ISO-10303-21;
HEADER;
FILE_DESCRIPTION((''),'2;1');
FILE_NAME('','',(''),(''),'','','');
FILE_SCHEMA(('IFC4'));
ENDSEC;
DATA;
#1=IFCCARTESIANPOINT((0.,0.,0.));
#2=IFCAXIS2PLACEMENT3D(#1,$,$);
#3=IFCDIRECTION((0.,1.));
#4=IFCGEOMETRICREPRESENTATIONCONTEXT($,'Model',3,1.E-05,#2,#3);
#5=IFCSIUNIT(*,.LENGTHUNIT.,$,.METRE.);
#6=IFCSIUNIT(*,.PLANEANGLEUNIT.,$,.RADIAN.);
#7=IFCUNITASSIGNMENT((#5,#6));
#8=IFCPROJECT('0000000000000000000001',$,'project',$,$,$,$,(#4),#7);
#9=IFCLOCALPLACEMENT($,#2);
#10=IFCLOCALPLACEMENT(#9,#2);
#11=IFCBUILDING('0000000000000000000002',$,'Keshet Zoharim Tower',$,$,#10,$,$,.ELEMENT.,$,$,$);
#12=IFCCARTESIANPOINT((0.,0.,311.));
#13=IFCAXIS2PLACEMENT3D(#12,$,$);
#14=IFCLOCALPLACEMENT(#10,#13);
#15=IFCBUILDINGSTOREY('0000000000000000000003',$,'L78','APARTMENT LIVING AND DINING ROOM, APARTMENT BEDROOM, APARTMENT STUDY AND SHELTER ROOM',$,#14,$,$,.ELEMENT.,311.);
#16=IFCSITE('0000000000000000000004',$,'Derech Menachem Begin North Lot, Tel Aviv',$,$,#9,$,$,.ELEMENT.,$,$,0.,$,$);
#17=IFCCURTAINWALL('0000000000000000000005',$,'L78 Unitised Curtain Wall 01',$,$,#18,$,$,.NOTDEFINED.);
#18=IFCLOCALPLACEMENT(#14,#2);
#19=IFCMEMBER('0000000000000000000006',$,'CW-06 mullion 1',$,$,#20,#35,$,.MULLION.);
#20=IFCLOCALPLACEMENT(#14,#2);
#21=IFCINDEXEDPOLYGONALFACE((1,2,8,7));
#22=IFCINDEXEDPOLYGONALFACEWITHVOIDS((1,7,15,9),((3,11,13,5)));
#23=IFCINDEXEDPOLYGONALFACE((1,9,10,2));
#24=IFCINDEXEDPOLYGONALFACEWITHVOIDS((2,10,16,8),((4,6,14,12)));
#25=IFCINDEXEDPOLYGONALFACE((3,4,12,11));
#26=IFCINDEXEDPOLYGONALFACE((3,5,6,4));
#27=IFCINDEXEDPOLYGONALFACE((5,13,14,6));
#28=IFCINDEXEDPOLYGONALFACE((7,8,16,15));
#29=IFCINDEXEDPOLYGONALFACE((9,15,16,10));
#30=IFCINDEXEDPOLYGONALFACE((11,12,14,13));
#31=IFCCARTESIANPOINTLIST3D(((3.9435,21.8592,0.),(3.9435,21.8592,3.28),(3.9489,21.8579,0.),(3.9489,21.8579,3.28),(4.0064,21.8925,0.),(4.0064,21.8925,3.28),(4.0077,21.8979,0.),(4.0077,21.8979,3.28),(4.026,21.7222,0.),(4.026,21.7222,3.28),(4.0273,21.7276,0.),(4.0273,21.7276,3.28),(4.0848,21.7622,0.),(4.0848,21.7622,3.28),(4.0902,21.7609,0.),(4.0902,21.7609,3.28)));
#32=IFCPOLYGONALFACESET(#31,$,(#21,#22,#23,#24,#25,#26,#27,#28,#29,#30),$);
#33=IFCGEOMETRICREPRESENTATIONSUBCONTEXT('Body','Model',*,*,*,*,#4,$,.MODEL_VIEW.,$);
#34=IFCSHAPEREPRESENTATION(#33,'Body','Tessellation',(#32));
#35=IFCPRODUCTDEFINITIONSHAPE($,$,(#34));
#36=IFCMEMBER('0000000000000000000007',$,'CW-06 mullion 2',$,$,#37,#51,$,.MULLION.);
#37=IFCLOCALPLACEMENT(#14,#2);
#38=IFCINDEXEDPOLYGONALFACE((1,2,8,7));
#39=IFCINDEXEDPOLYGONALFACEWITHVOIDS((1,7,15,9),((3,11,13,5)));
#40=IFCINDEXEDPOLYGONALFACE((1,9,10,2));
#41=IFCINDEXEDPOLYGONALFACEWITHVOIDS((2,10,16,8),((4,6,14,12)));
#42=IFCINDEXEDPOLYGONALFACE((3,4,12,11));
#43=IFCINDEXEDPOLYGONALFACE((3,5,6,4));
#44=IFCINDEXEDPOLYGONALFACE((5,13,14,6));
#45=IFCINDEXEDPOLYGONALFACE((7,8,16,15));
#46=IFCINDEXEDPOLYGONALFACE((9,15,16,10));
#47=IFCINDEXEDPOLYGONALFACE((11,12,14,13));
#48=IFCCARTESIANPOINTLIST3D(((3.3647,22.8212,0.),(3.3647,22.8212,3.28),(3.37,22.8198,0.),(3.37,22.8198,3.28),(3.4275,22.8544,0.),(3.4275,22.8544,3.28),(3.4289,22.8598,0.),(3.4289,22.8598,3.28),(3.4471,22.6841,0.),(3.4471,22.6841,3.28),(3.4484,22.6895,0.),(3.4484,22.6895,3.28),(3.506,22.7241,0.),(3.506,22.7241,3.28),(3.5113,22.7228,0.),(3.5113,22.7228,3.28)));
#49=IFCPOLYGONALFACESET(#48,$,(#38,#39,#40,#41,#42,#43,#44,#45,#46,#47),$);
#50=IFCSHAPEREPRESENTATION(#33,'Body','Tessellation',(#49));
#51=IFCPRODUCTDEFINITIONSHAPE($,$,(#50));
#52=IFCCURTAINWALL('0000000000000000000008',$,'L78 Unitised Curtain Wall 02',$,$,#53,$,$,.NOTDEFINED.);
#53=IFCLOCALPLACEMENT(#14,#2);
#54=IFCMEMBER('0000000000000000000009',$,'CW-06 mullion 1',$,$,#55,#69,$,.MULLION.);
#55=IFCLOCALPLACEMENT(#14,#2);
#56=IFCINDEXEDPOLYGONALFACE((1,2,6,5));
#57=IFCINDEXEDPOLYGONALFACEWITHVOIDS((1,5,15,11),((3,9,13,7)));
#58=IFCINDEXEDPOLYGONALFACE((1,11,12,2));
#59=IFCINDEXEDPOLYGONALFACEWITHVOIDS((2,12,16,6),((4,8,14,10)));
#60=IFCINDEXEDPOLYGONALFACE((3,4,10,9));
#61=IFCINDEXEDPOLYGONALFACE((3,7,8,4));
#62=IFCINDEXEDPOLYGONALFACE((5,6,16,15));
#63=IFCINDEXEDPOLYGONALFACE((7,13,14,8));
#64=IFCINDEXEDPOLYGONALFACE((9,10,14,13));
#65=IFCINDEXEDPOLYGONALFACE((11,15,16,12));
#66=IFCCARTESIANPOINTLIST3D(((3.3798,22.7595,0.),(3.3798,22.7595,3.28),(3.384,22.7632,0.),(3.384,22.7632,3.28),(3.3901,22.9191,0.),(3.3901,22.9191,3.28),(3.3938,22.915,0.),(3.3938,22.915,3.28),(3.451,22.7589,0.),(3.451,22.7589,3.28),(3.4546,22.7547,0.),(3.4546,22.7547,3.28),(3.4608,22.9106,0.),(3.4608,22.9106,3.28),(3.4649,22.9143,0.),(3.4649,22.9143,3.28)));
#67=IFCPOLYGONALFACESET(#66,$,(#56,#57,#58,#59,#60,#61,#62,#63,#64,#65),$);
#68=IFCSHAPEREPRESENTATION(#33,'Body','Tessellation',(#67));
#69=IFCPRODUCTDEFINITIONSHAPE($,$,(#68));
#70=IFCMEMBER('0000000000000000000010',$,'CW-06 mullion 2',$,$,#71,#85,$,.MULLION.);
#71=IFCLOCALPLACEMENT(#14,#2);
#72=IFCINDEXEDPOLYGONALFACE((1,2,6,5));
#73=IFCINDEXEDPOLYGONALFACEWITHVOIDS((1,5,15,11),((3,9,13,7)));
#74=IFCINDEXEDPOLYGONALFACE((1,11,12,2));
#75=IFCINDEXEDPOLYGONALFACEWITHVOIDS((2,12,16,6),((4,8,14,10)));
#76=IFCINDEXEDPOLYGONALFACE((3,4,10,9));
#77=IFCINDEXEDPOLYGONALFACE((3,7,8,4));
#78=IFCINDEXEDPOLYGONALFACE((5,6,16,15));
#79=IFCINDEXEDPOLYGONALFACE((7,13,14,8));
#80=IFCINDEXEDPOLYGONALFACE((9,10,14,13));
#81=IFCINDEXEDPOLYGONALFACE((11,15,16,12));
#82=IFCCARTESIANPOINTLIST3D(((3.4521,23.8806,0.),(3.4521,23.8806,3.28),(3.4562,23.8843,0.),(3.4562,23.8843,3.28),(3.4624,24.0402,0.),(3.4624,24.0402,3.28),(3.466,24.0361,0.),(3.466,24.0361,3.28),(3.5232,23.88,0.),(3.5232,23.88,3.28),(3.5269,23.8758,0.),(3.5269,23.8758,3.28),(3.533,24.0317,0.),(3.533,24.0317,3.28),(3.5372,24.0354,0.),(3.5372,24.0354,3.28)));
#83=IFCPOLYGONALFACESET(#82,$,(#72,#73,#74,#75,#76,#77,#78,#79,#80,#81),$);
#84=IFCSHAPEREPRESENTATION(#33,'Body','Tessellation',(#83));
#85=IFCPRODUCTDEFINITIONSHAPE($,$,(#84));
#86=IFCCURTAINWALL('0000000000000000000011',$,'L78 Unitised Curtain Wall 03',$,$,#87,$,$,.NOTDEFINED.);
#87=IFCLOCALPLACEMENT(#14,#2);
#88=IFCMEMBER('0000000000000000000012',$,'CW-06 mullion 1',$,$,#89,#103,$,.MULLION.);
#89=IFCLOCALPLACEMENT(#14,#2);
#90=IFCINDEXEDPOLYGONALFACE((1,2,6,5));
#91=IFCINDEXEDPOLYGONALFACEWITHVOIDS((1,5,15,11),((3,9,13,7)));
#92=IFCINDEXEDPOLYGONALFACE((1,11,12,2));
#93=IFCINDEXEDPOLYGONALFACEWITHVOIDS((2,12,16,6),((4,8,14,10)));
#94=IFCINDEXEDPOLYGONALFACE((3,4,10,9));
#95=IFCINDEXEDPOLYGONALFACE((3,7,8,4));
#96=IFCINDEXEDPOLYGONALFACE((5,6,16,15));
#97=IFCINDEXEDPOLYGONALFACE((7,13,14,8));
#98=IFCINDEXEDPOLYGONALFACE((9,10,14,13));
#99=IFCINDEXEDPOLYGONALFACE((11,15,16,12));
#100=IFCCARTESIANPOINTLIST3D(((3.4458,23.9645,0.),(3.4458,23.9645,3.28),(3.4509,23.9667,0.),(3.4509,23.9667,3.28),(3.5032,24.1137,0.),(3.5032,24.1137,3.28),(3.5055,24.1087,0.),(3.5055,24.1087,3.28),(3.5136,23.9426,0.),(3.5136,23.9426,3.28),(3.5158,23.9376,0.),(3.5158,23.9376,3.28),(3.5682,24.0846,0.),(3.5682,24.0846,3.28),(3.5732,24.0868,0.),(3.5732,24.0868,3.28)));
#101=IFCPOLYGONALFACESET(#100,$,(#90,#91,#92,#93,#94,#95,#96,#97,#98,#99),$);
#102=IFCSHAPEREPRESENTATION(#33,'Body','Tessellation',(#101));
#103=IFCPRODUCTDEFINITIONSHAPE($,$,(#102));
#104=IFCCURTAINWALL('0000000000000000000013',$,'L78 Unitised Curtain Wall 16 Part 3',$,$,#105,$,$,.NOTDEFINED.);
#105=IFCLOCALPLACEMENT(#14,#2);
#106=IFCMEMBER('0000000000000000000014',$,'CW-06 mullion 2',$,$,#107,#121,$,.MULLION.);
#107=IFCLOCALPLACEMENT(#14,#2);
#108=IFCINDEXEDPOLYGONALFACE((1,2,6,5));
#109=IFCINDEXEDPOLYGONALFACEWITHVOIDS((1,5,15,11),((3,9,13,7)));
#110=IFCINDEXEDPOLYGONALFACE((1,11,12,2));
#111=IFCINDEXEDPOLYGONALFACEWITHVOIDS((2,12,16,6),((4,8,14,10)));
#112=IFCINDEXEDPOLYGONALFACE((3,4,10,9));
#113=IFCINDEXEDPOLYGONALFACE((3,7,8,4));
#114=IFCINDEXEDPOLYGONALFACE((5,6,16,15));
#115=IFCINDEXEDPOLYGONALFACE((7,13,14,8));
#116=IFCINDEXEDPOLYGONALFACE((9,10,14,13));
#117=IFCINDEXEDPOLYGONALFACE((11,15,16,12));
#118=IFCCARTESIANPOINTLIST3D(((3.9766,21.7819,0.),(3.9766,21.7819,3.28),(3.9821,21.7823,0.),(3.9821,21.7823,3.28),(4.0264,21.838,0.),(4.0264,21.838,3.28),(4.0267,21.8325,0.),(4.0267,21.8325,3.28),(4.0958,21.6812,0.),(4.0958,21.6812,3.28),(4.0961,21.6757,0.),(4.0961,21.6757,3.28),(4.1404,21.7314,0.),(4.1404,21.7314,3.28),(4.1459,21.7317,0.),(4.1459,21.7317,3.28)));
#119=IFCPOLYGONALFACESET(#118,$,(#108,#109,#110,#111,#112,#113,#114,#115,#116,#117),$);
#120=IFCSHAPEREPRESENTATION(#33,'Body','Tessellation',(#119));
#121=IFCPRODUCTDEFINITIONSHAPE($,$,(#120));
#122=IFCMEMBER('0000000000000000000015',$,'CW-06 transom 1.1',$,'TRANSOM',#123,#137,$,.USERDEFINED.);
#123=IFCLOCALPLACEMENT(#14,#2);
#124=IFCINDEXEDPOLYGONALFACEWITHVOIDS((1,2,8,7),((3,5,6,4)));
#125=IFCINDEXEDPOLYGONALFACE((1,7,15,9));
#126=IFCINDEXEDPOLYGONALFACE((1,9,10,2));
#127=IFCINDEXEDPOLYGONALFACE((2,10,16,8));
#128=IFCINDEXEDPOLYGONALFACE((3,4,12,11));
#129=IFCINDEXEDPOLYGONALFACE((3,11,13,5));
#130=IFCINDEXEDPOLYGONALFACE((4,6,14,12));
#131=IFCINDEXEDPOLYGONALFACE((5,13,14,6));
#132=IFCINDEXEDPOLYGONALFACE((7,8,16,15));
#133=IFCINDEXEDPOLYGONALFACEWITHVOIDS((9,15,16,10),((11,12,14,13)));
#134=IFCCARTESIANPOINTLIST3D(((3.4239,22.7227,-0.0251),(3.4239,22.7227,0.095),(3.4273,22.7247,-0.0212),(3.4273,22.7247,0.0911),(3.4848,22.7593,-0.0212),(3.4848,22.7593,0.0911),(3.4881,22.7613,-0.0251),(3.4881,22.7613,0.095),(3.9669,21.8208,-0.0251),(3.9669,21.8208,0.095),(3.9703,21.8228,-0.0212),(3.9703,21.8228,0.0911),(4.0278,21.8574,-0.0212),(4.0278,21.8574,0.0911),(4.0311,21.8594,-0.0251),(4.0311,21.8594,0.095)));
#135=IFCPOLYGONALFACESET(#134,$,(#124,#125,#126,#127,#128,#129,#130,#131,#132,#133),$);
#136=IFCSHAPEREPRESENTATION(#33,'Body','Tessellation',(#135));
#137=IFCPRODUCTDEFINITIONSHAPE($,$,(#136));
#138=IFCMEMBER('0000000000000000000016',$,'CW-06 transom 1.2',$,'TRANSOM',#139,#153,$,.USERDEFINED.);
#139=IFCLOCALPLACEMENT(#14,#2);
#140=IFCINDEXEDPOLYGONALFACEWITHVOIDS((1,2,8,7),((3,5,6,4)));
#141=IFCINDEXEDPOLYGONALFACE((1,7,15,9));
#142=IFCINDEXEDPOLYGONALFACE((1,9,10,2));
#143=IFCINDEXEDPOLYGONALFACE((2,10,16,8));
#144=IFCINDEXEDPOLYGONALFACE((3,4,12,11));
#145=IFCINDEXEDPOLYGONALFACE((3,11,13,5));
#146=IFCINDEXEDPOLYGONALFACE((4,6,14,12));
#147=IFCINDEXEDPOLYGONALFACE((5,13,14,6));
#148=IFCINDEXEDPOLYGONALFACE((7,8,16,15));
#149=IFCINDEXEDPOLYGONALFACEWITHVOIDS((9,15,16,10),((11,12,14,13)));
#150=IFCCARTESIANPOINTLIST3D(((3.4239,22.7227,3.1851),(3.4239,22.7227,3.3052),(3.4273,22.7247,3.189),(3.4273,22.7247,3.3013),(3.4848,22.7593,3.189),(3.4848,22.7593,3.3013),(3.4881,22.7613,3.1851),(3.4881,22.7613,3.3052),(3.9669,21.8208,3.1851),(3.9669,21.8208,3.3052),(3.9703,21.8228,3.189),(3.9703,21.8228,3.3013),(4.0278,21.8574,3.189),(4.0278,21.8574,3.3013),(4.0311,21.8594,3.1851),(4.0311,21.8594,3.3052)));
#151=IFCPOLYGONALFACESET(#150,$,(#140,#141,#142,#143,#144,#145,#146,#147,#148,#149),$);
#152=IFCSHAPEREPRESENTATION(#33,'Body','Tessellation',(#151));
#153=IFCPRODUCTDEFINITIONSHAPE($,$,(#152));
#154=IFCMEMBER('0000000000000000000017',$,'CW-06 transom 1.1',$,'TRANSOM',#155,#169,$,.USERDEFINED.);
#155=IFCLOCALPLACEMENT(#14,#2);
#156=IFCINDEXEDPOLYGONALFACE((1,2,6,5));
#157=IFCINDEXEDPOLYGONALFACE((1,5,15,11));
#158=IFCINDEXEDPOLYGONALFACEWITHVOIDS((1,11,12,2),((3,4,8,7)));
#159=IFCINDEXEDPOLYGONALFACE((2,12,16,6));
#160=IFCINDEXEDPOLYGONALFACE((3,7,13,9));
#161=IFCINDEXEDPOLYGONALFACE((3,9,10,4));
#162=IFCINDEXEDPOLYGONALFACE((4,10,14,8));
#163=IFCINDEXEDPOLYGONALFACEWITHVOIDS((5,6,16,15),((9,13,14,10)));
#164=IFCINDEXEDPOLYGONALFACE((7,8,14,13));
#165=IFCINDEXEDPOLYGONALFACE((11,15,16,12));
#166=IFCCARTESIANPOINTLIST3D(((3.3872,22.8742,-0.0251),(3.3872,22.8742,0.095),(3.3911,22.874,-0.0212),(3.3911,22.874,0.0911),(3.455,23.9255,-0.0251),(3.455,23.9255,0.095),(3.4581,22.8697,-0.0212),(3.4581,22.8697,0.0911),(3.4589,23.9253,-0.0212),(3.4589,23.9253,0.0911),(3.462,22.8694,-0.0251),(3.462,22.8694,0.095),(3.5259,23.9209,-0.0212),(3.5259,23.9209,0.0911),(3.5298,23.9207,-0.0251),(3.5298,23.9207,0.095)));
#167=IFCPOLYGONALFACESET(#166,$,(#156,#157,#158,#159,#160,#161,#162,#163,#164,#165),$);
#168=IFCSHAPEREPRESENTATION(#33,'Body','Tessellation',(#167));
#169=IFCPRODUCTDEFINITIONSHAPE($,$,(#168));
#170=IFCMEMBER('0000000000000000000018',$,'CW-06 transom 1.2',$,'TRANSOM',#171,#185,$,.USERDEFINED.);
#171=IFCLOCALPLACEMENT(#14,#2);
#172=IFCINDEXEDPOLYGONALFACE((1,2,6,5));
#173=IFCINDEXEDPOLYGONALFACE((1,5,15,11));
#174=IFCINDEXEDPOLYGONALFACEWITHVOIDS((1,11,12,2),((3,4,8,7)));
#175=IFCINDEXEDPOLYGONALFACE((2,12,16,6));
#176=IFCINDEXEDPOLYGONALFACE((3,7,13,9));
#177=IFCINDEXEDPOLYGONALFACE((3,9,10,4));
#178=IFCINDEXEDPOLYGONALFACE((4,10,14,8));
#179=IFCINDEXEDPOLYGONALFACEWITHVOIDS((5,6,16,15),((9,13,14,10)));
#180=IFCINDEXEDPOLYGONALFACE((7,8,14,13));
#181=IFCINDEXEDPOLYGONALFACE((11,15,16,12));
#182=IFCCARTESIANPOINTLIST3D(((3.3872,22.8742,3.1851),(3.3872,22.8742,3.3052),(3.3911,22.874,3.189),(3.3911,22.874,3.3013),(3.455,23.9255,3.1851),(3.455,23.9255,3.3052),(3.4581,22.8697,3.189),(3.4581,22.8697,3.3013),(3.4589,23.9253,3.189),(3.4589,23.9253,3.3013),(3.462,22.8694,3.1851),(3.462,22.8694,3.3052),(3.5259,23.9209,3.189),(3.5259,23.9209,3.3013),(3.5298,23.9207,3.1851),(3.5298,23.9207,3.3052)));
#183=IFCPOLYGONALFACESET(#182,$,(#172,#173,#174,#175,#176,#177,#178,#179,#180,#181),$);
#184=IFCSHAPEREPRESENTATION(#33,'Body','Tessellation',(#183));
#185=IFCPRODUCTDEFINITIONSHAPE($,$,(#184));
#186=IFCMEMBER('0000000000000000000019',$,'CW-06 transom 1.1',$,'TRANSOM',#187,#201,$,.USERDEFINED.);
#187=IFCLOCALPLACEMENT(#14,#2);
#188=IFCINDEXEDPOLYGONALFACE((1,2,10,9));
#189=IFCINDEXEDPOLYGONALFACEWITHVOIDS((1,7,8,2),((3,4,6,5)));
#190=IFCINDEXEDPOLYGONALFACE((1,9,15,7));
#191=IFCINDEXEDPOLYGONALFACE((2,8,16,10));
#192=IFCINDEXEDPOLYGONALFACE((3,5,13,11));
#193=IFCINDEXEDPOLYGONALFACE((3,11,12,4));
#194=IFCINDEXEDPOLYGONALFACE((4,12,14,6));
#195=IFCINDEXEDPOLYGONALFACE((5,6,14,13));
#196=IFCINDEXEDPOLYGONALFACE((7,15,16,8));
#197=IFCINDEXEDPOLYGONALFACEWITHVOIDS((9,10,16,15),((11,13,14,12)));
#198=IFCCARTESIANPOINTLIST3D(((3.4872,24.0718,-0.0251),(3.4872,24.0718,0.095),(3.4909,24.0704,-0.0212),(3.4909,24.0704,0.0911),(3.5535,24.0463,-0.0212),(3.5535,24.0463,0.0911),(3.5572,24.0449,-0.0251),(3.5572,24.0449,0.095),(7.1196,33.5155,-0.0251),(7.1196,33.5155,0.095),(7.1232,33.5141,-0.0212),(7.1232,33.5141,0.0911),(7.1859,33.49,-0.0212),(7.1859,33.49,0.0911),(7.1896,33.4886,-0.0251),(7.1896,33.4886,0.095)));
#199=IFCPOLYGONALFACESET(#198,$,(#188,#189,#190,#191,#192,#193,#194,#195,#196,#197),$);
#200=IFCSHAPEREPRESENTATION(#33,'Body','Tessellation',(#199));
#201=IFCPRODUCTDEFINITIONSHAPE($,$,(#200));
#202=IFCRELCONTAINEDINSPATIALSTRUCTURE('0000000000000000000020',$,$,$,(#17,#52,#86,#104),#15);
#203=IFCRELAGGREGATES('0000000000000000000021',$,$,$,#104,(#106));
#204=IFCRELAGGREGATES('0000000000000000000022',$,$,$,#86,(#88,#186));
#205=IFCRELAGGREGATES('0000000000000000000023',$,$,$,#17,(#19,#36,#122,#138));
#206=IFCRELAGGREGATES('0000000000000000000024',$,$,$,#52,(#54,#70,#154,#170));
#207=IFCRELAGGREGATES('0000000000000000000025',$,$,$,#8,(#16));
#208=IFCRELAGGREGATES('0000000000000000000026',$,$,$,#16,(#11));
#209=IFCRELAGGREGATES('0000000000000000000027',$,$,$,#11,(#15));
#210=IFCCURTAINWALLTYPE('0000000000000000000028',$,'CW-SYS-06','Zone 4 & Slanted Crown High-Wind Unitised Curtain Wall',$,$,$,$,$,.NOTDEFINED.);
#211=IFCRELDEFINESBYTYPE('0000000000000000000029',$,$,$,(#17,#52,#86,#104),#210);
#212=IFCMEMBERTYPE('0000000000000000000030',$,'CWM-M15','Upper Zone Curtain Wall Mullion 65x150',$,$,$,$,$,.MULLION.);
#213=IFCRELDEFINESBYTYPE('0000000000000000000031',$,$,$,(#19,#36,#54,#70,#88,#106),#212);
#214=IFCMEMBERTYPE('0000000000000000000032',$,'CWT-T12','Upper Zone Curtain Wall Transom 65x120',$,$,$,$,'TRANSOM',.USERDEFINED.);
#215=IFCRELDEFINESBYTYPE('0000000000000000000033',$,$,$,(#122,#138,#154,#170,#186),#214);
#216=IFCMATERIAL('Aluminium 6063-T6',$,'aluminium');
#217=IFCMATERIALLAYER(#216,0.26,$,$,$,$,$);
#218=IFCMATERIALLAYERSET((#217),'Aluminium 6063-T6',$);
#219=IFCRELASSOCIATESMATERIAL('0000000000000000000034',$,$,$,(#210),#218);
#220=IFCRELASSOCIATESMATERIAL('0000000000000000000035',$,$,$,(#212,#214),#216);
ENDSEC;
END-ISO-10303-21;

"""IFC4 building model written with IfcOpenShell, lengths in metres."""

from ifc_helpers import new_model, si_unit, direction, frame, origin, origin_2d, place, context, subcontext, project, spatial, hollow_rectangle, extrude, material, layer, layer_set, material_profile, profile_set, type_object, element, aggregate, save


model = new_model("IFC4")

# Units and contexts
model_context = context("Model", 3, precision=1e-05, world=origin(), true_north=direction((0.0, 1.0)))
body_context = subcontext(model_context, "Body", "Model", "MODEL_VIEW")
ifc_project = project(units=[si_unit("LENGTHUNIT", "METRE"), si_unit("PLANEANGLEUNIT", "RADIAN")], contexts=[model_context])

# Site, building, storey
site_placement = place(None, origin())
site = spatial("IfcSite", under=ifc_project, at=site_placement, Name="Derech Menachem Begin North Lot, Tel Aviv", CompositionType="ELEMENT", RefElevation=0.0)
building_placement = place(site_placement, origin())
building = spatial("IfcBuilding", under=site, at=building_placement, Name="Keshet Zoharim Tower", CompositionType="ELEMENT")
storey_placement = place(building_placement, frame((0.0, 0.0, 311.0)))
storey = spatial("IfcBuildingStorey", under=building, at=storey_placement, Name="L78", Description="APARTMENT LIVING AND DINING ROOM, APARTMENT BEDROOM, APARTMENT STUDY AND SHELTER ROOM", CompositionType="ELEMENT", Elevation=311.0)

# Curtain walls, members
ifc_material_1 = material(Name="Aluminium 6063-T6", Category="aluminium")
ifc_layer_1 = layer(ifc_material_1, 0.26)
ifc_layer_set_1 = layer_set([ifc_layer_1], Name="Aluminium 6063-T6")
curtain_wall_type = type_object("IfcCurtainWallType", Name="CW-SYS-06", Description="Zone 4 & Slanted Crown High-Wind Unitised Curtain Wall", PredefinedType="NOTDEFINED", material=ifc_layer_set_1)
curtain_wall_1_placement = place(storey_placement, origin())
curtain_wall_1 = element("IfcCurtainWall", 1, at=curtain_wall_1_placement, inside=storey, type_object=curtain_wall_type, Name="L78 Unitised Curtain Wall 01", PredefinedType="NOTDEFINED")
ifc_material_profile_1 = material_profile(ifc_material_1, hollow_rectangle(XDim=0.075, YDim=0.1599, WallThickness=0.0039, at=origin_2d()), Name="MUL-75x160")
ifc_profile_set_1 = profile_set([ifc_material_profile_1], Name="Aluminium 6063-T6")
member_type_1 = type_object("IfcMemberType", Name="CWM-M15", Description="Upper Zone Curtain Wall Mullion 65x150", PredefinedType="MULLION", material=ifc_profile_set_1)
member_1_placement = place(storey_placement, frame((4.0168, 21.8101, 0.0), z_axis=(0.0, 0.0, 1.0), x_axis=(-0.856826, -0.515605, 0.0)))
member_1 = element("IfcMember", 2, at=member_1_placement, type_object=member_type_1, Name="CW-06 mullion 1", PredefinedType="MULLION", context=body_context, shape_type="SweptSolid", body=[
    extrude(hollow_rectangle(XDim=0.075, YDim=0.1599, WallThickness=0.0039, at=origin_2d()), origin(), (0.0, 0.0, 1.0), 3.28),
])
member_2_placement = place(storey_placement, frame((3.438, 22.772, 0.0), z_axis=(0.0, 0.0, 1.0), x_axis=(-0.856826, -0.515605, 0.0)))
member_2 = element("IfcMember", 3, at=member_2_placement, type_object=member_type_1, Name="CW-06 mullion 2", PredefinedType="MULLION", context=body_context, shape_type="SweptSolid", body=[
    extrude(hollow_rectangle(XDim=0.075, YDim=0.1599, WallThickness=0.0039, at=origin_2d()), origin(), (0.0, 0.0, 1.0), 3.28),
])
curtain_wall_2_placement = place(storey_placement, origin())
curtain_wall_2 = element("IfcCurtainWall", 4, at=curtain_wall_2_placement, inside=storey, type_object=curtain_wall_type, Name="L78 Unitised Curtain Wall 02", PredefinedType="NOTDEFINED")
member_3_placement = place(storey_placement, frame((3.4224, 22.8369, 0.0), z_axis=(0.0, 0.0, 1.0), x_axis=(-0.997917, 0.064517, 0.0)))
member_3 = element("IfcMember", 5, at=member_3_placement, type_object=member_type_1, Name="CW-06 mullion 1", PredefinedType="MULLION", context=body_context, shape_type="SweptSolid", body=[
    extrude(hollow_rectangle(XDim=0.075, YDim=0.1599, WallThickness=0.0039, at=origin_2d()), origin(), (0.0, 0.0, 1.0), 3.28),
])
member_4_placement = place(storey_placement, frame((3.4946, 23.958, 0.0), z_axis=(0.0, 0.0, 1.0), x_axis=(-0.997917, 0.064517, 0.0)))
member_4 = element("IfcMember", 6, at=member_4_placement, type_object=member_type_1, Name="CW-06 mullion 2", PredefinedType="MULLION", context=body_context, shape_type="SweptSolid", body=[
    extrude(hollow_rectangle(XDim=0.075, YDim=0.1599, WallThickness=0.0039, at=origin_2d()), origin(), (0.0, 0.0, 1.0), 3.28),
])

# Curtain walls, members
curtain_wall_3_placement = place(storey_placement, origin())
curtain_wall_3 = element("IfcCurtainWall", 7, at=curtain_wall_3_placement, inside=storey, type_object=curtain_wall_type, Name="L78 Unitised Curtain Wall 03", PredefinedType="NOTDEFINED")
member_5_placement = place(storey_placement, frame((3.5095, 24.0256, 0.0), z_axis=(0.0, 0.0, 1.0), x_axis=(-0.933341, 0.35899, 0.0)))
member_5 = element("IfcMember", 8, at=member_5_placement, type_object=member_type_1, Name="CW-06 mullion 1", PredefinedType="MULLION", context=body_context, shape_type="SweptSolid", body=[
    extrude(hollow_rectangle(XDim=0.075, YDim=0.1599, WallThickness=0.0039, at=origin_2d()), origin(), (0.0, 0.0, 1.0), 3.28),
])
curtain_wall_4_placement = place(storey_placement, origin())
curtain_wall_4 = element("IfcCurtainWall", 9, at=curtain_wall_4_placement, inside=storey, type_object=curtain_wall_type, Name="L78 Unitised Curtain Wall 16 Part 3", PredefinedType="NOTDEFINED")
member_6_placement = place(storey_placement, frame((4.0613, 21.7568, 0.0), z_axis=(0.0, 0.0, 1.0), x_axis=(-0.664358, -0.747415, 0.0)))
member_6 = element("IfcMember", 10, at=member_6_placement, type_object=member_type_1, Name="CW-06 mullion 2", PredefinedType="MULLION", context=body_context, shape_type="SweptSolid", body=[
    extrude(hollow_rectangle(XDim=0.075, YDim=0.1599, WallThickness=0.0039, at=origin_2d()), origin(), (0.0, 0.0, 1.0), 3.28),
])
aggregate(curtain_wall_4, [member_6])

# Members
ifc_material_profile_2 = material_profile(ifc_material_1, hollow_rectangle(XDim=0.075, YDim=0.1201, WallThickness=0.0039, at=origin_2d()), Name="TRN-75x120")
ifc_profile_set_2 = profile_set([ifc_material_profile_2], Name="Aluminium 6063-T6")
member_type_2 = type_object("IfcMemberType", Name="CWT-T12", Description="Upper Zone Curtain Wall Transom 65x120", ElementType="TRANSOM", PredefinedType="USERDEFINED", material=ifc_profile_set_2)
member_7_placement = place(storey_placement, frame((3.999, 21.8401, 0.0349), z_axis=(-0.515791, 0.856714, 0.0), x_axis=(-0.856714, -0.515791, 0.0)))
member_7 = element("IfcMember", 11, at=member_7_placement, type_object=member_type_2, Name="CW-06 transom 1.1", ObjectType="TRANSOM", PredefinedType="USERDEFINED", context=body_context, shape_type="SweptSolid", body=[
    extrude(hollow_rectangle(XDim=0.075, YDim=0.1201, WallThickness=0.0039, at=origin_2d()), origin(), (0.0, 0.0, 1.0), 1.0527),
])
member_8_placement = place(storey_placement, frame((3.999, 21.8401, 3.2451), z_axis=(-0.515791, 0.856714, 0.0), x_axis=(-0.856714, -0.515791, 0.0)))
member_8 = element("IfcMember", 12, at=member_8_placement, type_object=member_type_2, Name="CW-06 transom 1.2", ObjectType="TRANSOM", PredefinedType="USERDEFINED", context=body_context, shape_type="SweptSolid", body=[
    extrude(hollow_rectangle(XDim=0.075, YDim=0.1201, WallThickness=0.0039, at=origin_2d()), origin(), (0.0, 0.0, 1.0), 1.0527),
])
member_9_placement = place(storey_placement, frame((3.4246, 22.8718, 0.0349), z_axis=(0.064427, 0.997922, 0.0), x_axis=(-0.997922, 0.064427, 0.0)))
member_9 = element("IfcMember", 13, at=member_9_placement, type_object=member_type_2, Name="CW-06 transom 1.1", ObjectType="TRANSOM", PredefinedType="USERDEFINED", context=body_context, shape_type="SweptSolid", body=[
    extrude(hollow_rectangle(XDim=0.075, YDim=0.1201, WallThickness=0.0039, at=origin_2d()), origin(), (0.0, 0.0, 1.0), 1.0535),
])
member_10_placement = place(storey_placement, frame((3.4246, 22.8718, 3.2451), z_axis=(0.064427, 0.997922, 0.0), x_axis=(-0.997922, 0.064427, 0.0)))
member_10 = element("IfcMember", 14, at=member_10_placement, type_object=member_type_2, Name="CW-06 transom 1.2", ObjectType="TRANSOM", PredefinedType="USERDEFINED", context=body_context, shape_type="SweptSolid", body=[
    extrude(hollow_rectangle(XDim=0.075, YDim=0.1201, WallThickness=0.0039, at=origin_2d()), origin(), (0.0, 0.0, 1.0), 1.0535),
])
member_11_placement = place(storey_placement, frame((3.5222, 24.0583, 0.0349), z_axis=(0.358994, 0.93334, 0.0), x_axis=(-0.93334, 0.358994, 0.0)))
member_11 = element("IfcMember", 15, at=member_11_placement, type_object=member_type_2, Name="CW-06 transom 1.1", ObjectType="TRANSOM", PredefinedType="USERDEFINED", context=body_context, shape_type="SweptSolid", body=[
    extrude(hollow_rectangle(XDim=0.075, YDim=0.1201, WallThickness=0.0039, at=origin_2d()), origin(), (0.0, 0.0, 1.0), 10.1182),
])
aggregate(curtain_wall_3, [member_5, member_11])

aggregate(curtain_wall_1, [member_1, member_2, member_7, member_8])
aggregate(curtain_wall_2, [member_3, member_4, member_9, member_10])

save(model, "model.ifc")
